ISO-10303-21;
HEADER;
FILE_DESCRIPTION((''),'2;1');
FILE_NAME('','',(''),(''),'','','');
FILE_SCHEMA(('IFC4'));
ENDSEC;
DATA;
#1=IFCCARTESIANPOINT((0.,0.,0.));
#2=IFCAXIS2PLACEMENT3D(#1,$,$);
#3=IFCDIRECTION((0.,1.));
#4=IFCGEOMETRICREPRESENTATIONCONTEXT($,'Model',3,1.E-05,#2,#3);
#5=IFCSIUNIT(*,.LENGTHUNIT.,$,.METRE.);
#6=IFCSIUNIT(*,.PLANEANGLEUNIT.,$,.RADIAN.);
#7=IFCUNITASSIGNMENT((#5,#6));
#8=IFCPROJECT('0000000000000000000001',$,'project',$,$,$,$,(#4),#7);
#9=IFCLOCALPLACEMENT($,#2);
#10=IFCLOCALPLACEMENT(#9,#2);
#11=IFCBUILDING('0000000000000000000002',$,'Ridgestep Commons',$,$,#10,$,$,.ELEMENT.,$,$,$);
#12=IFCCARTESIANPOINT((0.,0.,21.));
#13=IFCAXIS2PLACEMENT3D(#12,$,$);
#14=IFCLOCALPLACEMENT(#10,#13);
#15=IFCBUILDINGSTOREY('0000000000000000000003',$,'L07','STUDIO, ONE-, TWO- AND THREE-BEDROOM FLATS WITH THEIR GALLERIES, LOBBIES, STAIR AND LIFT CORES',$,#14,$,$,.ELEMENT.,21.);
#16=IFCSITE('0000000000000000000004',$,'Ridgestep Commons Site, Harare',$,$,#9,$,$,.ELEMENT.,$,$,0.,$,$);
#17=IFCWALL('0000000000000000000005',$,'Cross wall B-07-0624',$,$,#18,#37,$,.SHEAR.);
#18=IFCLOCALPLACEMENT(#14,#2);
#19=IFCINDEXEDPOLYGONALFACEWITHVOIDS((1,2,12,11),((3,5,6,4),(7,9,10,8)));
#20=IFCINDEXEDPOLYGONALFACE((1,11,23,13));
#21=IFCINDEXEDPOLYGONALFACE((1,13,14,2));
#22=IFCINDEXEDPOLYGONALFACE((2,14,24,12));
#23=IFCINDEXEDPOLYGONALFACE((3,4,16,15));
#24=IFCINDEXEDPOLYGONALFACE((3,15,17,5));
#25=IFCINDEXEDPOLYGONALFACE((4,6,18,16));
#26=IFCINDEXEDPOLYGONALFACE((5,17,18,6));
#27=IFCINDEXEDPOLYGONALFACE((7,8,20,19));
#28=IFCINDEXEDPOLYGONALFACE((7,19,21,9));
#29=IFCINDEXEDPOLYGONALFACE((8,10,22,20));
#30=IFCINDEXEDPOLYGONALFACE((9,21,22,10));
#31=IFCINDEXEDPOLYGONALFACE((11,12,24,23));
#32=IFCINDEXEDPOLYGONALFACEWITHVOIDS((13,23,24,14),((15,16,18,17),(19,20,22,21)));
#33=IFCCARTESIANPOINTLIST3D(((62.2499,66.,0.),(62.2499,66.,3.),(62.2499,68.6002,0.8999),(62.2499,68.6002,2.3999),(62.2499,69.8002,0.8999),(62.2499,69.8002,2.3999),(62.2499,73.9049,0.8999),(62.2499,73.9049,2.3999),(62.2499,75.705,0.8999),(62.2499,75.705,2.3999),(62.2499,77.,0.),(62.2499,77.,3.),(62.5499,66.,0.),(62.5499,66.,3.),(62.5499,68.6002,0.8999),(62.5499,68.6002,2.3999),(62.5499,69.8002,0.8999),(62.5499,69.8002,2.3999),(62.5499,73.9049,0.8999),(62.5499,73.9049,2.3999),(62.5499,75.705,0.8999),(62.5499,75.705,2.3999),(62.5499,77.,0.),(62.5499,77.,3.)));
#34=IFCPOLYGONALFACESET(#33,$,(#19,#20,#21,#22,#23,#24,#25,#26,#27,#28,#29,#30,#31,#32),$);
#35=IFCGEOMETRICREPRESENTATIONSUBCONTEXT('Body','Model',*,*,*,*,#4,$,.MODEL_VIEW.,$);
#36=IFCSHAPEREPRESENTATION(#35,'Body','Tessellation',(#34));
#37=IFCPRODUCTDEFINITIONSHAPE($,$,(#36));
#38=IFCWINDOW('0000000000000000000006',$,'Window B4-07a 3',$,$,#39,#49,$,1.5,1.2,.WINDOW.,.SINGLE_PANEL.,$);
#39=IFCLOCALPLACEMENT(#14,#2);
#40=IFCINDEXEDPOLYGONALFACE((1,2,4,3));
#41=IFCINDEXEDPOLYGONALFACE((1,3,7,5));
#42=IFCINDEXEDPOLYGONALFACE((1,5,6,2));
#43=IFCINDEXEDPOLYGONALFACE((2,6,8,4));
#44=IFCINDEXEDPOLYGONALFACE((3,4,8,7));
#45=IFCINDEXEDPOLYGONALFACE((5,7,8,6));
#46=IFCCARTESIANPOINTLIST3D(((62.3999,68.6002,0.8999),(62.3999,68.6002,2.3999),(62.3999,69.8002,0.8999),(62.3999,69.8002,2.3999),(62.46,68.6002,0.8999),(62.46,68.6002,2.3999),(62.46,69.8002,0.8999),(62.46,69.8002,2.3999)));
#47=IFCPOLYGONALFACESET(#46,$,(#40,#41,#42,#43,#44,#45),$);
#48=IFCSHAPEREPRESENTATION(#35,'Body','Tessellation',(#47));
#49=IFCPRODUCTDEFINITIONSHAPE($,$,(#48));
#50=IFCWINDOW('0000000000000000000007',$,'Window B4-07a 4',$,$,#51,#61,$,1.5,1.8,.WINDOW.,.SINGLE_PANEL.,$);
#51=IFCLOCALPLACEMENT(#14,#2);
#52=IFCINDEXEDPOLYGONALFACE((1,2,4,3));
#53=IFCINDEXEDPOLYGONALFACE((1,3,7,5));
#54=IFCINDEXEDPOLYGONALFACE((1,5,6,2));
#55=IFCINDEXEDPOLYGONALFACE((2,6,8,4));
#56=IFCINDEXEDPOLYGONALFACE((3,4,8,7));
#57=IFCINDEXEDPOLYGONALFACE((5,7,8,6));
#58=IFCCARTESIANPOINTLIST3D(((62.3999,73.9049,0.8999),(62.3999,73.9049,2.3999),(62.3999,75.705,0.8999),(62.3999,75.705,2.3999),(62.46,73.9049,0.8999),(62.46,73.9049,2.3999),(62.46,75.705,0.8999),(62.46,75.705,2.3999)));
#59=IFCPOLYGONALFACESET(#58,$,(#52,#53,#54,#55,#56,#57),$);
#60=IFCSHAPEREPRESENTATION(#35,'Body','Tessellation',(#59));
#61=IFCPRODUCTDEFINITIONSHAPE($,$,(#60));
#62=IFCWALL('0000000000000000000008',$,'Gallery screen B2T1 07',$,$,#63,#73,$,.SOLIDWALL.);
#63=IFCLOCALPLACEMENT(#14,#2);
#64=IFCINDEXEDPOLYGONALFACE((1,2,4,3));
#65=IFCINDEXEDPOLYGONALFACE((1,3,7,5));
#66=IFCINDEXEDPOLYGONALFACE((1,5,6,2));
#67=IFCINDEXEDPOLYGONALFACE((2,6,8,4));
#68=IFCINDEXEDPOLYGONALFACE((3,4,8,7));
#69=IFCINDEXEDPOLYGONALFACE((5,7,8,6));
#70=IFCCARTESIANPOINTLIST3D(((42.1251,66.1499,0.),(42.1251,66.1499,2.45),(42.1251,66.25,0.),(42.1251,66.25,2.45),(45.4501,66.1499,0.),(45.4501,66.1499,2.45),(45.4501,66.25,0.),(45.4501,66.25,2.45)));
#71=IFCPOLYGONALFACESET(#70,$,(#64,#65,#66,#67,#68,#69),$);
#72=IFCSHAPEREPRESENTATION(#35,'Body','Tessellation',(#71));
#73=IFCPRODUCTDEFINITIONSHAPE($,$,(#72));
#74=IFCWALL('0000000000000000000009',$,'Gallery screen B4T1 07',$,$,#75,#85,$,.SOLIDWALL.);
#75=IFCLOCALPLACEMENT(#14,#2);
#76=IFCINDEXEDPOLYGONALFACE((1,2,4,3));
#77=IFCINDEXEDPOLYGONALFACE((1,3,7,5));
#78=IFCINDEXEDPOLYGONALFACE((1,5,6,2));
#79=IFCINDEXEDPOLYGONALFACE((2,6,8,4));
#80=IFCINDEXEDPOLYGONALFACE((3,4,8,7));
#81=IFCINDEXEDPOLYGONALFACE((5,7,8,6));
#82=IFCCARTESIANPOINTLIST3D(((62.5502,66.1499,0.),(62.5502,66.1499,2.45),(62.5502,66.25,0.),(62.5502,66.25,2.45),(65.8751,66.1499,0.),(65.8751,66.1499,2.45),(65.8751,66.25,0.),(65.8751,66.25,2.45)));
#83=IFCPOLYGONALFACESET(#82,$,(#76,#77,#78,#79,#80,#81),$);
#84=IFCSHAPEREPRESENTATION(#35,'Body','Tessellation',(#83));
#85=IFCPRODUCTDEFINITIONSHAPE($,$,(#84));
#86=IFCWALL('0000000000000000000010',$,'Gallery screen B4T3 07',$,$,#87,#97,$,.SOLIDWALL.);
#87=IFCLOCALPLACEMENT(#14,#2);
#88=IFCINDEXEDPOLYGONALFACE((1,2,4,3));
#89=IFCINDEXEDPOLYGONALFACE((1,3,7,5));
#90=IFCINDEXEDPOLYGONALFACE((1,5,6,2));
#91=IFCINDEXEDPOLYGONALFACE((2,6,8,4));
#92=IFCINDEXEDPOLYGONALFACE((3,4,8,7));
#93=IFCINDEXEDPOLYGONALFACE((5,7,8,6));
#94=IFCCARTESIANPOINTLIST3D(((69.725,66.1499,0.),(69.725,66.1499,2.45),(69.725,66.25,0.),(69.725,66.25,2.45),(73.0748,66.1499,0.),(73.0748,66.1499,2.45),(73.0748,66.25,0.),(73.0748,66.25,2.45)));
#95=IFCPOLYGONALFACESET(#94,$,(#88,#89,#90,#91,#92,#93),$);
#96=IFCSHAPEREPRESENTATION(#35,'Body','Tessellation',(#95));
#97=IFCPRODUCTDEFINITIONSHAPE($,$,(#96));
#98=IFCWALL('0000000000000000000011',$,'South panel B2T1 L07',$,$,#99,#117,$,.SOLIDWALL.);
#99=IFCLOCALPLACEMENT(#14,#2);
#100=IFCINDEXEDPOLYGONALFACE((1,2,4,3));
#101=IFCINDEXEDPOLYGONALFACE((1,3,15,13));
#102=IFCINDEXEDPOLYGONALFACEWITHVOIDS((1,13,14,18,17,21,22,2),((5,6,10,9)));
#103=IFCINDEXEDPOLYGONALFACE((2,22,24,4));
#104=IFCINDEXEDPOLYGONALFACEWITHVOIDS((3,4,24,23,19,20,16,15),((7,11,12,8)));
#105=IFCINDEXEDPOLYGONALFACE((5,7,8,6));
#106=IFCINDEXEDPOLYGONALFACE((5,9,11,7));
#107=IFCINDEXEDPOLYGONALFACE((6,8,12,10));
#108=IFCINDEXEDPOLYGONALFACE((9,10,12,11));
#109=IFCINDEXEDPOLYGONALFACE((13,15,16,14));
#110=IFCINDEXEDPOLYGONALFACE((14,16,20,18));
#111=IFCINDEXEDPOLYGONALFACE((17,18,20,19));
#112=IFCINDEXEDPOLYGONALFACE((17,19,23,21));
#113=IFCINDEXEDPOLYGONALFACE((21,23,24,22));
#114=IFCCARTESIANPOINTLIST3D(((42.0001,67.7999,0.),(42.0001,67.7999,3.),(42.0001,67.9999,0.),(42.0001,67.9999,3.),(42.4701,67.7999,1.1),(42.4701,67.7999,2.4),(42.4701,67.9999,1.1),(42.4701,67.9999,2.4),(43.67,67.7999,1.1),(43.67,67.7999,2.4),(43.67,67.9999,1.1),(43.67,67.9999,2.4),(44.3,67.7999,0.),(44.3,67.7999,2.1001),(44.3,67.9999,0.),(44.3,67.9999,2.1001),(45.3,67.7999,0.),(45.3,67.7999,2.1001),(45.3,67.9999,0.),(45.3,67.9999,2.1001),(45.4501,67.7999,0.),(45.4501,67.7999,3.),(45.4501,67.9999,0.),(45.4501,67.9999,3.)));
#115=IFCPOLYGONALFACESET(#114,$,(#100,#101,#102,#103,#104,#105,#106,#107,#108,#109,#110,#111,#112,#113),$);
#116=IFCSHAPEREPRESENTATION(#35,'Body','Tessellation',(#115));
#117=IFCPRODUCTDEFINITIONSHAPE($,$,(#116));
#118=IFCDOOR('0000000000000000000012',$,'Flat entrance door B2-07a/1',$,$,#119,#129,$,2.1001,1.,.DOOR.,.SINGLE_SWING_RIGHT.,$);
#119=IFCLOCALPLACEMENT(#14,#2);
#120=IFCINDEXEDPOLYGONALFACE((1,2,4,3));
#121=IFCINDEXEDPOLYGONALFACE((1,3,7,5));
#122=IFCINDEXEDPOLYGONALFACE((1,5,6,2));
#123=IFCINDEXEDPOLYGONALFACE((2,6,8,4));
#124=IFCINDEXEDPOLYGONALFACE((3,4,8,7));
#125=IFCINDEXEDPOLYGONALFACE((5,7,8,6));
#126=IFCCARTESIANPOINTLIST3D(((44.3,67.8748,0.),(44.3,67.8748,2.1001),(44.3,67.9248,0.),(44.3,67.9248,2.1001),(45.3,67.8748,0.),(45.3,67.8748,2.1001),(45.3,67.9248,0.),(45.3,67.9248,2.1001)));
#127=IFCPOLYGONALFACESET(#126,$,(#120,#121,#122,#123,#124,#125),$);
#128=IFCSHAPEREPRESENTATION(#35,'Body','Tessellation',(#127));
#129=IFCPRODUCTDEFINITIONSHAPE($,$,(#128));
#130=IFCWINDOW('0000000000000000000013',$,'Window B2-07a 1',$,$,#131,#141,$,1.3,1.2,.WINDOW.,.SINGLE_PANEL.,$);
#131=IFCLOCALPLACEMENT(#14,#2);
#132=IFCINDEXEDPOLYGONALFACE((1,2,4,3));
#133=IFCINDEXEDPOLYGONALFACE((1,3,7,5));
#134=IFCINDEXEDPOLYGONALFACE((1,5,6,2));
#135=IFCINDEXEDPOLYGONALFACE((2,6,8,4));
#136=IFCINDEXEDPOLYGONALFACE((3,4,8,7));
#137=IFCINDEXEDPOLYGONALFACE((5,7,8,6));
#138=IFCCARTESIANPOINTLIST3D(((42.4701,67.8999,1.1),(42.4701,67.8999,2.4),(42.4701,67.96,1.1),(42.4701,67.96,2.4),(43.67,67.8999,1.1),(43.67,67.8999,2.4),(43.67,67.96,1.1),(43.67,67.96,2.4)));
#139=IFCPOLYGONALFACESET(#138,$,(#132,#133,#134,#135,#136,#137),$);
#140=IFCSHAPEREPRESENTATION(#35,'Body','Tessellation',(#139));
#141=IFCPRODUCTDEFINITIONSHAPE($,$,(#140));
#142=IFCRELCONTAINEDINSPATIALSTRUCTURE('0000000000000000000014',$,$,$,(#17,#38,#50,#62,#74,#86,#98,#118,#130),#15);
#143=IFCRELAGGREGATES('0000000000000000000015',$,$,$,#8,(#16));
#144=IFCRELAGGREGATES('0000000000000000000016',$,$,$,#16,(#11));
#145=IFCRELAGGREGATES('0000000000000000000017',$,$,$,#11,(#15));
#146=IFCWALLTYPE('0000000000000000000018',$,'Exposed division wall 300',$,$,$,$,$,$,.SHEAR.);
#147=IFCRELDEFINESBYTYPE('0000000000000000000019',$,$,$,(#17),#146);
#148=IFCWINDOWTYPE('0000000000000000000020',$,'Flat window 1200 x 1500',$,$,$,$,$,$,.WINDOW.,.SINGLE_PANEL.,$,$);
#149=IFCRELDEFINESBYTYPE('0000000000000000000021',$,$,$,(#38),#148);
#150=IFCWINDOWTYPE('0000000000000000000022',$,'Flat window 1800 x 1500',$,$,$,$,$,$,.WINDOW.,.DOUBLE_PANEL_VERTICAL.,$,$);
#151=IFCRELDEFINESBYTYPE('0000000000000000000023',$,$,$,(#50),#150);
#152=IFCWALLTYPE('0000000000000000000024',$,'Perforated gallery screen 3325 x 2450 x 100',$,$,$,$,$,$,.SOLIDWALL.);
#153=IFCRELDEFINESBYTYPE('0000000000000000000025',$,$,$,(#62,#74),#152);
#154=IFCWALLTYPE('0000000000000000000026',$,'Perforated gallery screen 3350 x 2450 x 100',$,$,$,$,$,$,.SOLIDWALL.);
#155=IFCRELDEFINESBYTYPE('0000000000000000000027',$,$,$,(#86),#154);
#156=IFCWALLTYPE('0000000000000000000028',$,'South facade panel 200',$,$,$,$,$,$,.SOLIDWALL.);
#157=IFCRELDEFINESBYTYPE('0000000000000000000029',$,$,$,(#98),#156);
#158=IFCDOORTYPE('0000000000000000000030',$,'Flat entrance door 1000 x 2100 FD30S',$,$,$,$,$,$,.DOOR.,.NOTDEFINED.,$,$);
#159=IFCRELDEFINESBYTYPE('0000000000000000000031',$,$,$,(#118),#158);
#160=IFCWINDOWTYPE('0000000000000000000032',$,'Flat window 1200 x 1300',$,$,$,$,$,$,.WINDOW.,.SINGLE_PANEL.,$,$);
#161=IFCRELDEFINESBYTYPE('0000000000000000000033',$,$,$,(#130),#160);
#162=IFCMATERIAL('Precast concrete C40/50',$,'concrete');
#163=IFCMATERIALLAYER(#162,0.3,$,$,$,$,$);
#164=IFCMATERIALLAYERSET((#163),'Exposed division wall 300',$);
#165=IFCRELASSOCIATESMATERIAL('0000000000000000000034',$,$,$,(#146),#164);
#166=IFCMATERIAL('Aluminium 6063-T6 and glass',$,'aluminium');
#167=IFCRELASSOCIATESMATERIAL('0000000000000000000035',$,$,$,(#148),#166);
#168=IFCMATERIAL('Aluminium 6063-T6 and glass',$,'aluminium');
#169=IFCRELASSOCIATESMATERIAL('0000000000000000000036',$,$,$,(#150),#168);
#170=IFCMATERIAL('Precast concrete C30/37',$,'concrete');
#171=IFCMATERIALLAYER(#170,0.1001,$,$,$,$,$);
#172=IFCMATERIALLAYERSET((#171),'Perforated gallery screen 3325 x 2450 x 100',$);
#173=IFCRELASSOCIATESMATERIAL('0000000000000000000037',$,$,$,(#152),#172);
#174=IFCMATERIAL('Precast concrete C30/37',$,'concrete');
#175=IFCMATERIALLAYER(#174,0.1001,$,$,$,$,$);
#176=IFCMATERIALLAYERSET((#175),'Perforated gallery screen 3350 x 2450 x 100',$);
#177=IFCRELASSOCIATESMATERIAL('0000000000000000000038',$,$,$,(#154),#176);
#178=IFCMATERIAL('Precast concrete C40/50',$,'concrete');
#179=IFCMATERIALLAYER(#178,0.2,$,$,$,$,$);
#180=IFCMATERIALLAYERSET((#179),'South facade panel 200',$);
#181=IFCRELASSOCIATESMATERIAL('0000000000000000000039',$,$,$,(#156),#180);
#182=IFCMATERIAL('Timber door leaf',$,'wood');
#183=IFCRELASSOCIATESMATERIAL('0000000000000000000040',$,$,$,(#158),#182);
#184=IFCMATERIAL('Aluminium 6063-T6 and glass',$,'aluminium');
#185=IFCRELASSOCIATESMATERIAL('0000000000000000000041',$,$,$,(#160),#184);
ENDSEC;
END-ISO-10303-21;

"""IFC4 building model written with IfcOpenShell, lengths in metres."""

from ifc_helpers import new_model, si_unit, direction, frame, frame_2d, origin, place, context, subcontext, project, spatial, rectangle, extrude, material, layer, layer_set, type_object, element, fill, save


model = new_model("IFC4")

# Units and contexts
model_context = context("Model", 3, precision=1e-05, world=origin(), true_north=direction((0.0, 1.0)))
body_context = subcontext(model_context, "Body", "Model", "MODEL_VIEW")
ifc_project = project(units=[si_unit("LENGTHUNIT", "METRE"), si_unit("PLANEANGLEUNIT", "RADIAN")], contexts=[model_context])

# Site, building, storey
site_placement = place(None, origin())
site = spatial("IfcSite", under=ifc_project, at=site_placement, Name="Ridgestep Commons Site, Harare", CompositionType="ELEMENT", RefElevation=0.0)
building_placement = place(site_placement, origin())
building = spatial("IfcBuilding", under=site, at=building_placement, Name="Ridgestep Commons", CompositionType="ELEMENT")
storey_placement = place(building_placement, frame((0.0, 0.0, 21.0)))
storey = spatial("IfcBuildingStorey", under=building, at=storey_placement, Name="L07", Description="STUDIO, ONE-, TWO- AND THREE-BEDROOM FLATS WITH THEIR GALLERIES, LOBBIES, STAIR AND LIFT CORES", CompositionType="ELEMENT", Elevation=21.0)

# Wall, openings, windows
ifc_material_1 = material(Name="Precast concrete C40/50", Category="concrete")
ifc_layer_1 = layer(ifc_material_1, 0.3)
ifc_layer_set_1 = layer_set([ifc_layer_1], Name="Exposed division wall 300")
wall_type_1 = type_object("IfcWallType", Name="Exposed division wall 300", PredefinedType="SHEAR", material=ifc_layer_set_1)
wall_1_placement = place(storey_placement, frame((62.3999, 66.0, 0.0), z_axis=(0.0, 0.0, 1.0), x_axis=(0.0, 1.0, 0.0)))
wall_1 = element("IfcWall", 1, at=wall_1_placement, inside=storey, type_object=wall_type_1, Name="Cross wall B-07-0624", PredefinedType="SHEAR", context=body_context, shape_type="SweptSolid", body=[
    extrude(rectangle(XDim=11.0, YDim=0.3, at=frame_2d((5.5, 0.0))), origin(), (0.0, 0.0, 1.0), 3.0),
])
opening_1_placement = place(wall_1_placement, frame((2.6001, 0.0, 0.8999)))
opening_1 = element("IfcOpeningElement", 2, at=opening_1_placement, cuts=wall_1, PredefinedType="OPENING", context=body_context, shape_type="SweptSolid", body=[
    extrude(rectangle(XDim=1.2, YDim=1.5, at=frame_2d((0.6001, 0.75))), frame((0.0, 0.1599, 0.0), z_axis=(0.0, -1.0, 0.0), x_axis=(1.0, 0.0, 0.0)), (0.0, 0.0, 1.0), 0.3201),
])
opening_2_placement = place(wall_1_placement, frame((7.905, 0.0, 0.8999)))
opening_2 = element("IfcOpeningElement", 3, at=opening_2_placement, cuts=wall_1, PredefinedType="OPENING", context=body_context, shape_type="SweptSolid", body=[
    extrude(rectangle(XDim=1.8, YDim=1.5, at=frame_2d((0.8999, 0.75))), frame((0.0, 0.1599, 0.0), z_axis=(0.0, -1.0, 0.0), x_axis=(1.0, 0.0, 0.0)), (0.0, 0.0, 1.0), 0.3201),
])
ifc_material_2 = material(Name="Aluminium 6063-T6 and glass", Category="aluminium")
window_type_1 = type_object("IfcWindowType", Name="Flat window 1200 x 1500", PartitioningType="SINGLE_PANEL", PredefinedType="WINDOW", material=ifc_material_2)
window_1_placement = place(opening_1_placement, origin())
window_1 = element("IfcWindow", 4, at=window_1_placement, inside=storey, type_object=window_type_1, Name="Window B4-07a 3", OverallHeight=1.5, OverallWidth=1.2, PartitioningType="SINGLE_PANEL", PredefinedType="WINDOW", context=body_context, shape_type="SweptSolid", body=[
    extrude(rectangle(XDim=1.2, YDim=1.5, at=frame_2d((0.6001, 0.75))), frame((0.0, 0.0, 0.0), z_axis=(0.0, -1.0, 0.0), x_axis=(1.0, 0.0, 0.0)), (0.0, 0.0, 1.0), 0.0601),
])
fill(opening_1, window_1)
ifc_material_3 = material(Name="Aluminium 6063-T6 and glass", Category="aluminium")
window_type_2 = type_object("IfcWindowType", Name="Flat window 1800 x 1500", PartitioningType="DOUBLE_PANEL_VERTICAL", PredefinedType="WINDOW", material=ifc_material_3)
window_2_placement = place(opening_2_placement, origin())
window_2 = element("IfcWindow", 5, at=window_2_placement, inside=storey, type_object=window_type_2, Name="Window B4-07a 4", OverallHeight=1.5, OverallWidth=1.8, PartitioningType="SINGLE_PANEL", PredefinedType="WINDOW", context=body_context, shape_type="SweptSolid", body=[
    extrude(rectangle(XDim=1.8, YDim=1.5, at=frame_2d((0.8999, 0.75))), frame((0.0, 0.0, 0.0), z_axis=(0.0, -1.0, 0.0), x_axis=(1.0, 0.0, 0.0)), (0.0, 0.0, 1.0), 0.0601),
])
fill(opening_2, window_2)

# Walls
ifc_material_4 = material(Name="Precast concrete C30/37", Category="concrete")
ifc_layer_2 = layer(ifc_material_4, 0.1001)
ifc_layer_set_2 = layer_set([ifc_layer_2], Name="Perforated gallery screen 3325 x 2450 x 100")
wall_type_2 = type_object("IfcWallType", Name="Perforated gallery screen 3325 x 2450 x 100", PredefinedType="SOLIDWALL", material=ifc_layer_set_2)
for number, where, z_axis, x_axis, name in (
    (6, (42.125, 66.2, 0.0), (0.0, 0.0, 1.0), (1.0, 0.0, 0.0), "Gallery screen B2T1 07"),
    (7, (62.55, 66.2, 0.0), (0.0, 0.0, 1.0), (1.0, 0.0, 0.0), "Gallery screen B4T1 07"),
):
    element("IfcWall", number, at=place(storey_placement, frame(where, z_axis=z_axis, x_axis=x_axis)), inside=storey, type_object=wall_type_2, Name=name, PredefinedType="SOLIDWALL", context=body_context, shape_type="SweptSolid", body=[
        extrude(rectangle(XDim=3.325, YDim=0.1001, at=frame_2d((1.6626, 0.0))), origin(), (0.0, 0.0, 1.0), 2.45),
    ])
ifc_material_5 = material(Name="Precast concrete C30/37", Category="concrete")
ifc_layer_3 = layer(ifc_material_5, 0.1001)
ifc_layer_set_3 = layer_set([ifc_layer_3], Name="Perforated gallery screen 3350 x 2450 x 100")
wall_type_3 = type_object("IfcWallType", Name="Perforated gallery screen 3350 x 2450 x 100", PredefinedType="SOLIDWALL", material=ifc_layer_set_3)
wall_2_placement = place(storey_placement, frame((69.7251, 66.2, 0.0), z_axis=(0.0, 0.0, 1.0), x_axis=(1.0, 0.0, 0.0)))
element("IfcWall", 8, at=wall_2_placement, inside=storey, type_object=wall_type_3, Name="Gallery screen B4T3 07", PredefinedType="SOLIDWALL", context=body_context, shape_type="SweptSolid", body=[
    extrude(rectangle(XDim=3.3499, YDim=0.1001, at=frame_2d((1.6748, 0.0))), origin(), (0.0, 0.0, 1.0), 2.45),
])

# Wall, openings, door, window
ifc_material_6 = material(Name="Precast concrete C40/50", Category="concrete")
ifc_layer_4 = layer(ifc_material_6, 0.2)
ifc_layer_set_4 = layer_set([ifc_layer_4], Name="South facade panel 200")
wall_type_4 = type_object("IfcWallType", Name="South facade panel 200", PredefinedType="SOLIDWALL", material=ifc_layer_set_4)
wall_3_placement = place(storey_placement, frame((42.0, 67.8999, 0.0), z_axis=(0.0, 0.0, 1.0), x_axis=(1.0, 0.0, 0.0)))
wall_3 = element("IfcWall", 9, at=wall_3_placement, inside=storey, type_object=wall_type_4, Name="South panel B2T1 L07", PredefinedType="SOLIDWALL", context=body_context, shape_type="SweptSolid", body=[
    extrude(rectangle(XDim=3.45, YDim=0.2, at=frame_2d((1.7251, 0.0))), origin(), (0.0, 0.0, 1.0), 3.0),
])
opening_3_placement = place(wall_3_placement, frame((0.47, 0.0, 1.1001)))
opening_3 = element("IfcOpeningElement", 10, at=opening_3_placement, cuts=wall_3, PredefinedType="OPENING", context=body_context, shape_type="SweptSolid", body=[
    extrude(rectangle(XDim=1.2, YDim=1.3, at=frame_2d((0.6001, 0.6499))), frame((0.0, 0.1099, 0.0), z_axis=(0.0, -1.0, 0.0), x_axis=(1.0, 0.0, 0.0)), (0.0, 0.0, 1.0), 0.22),
])
opening_4_placement = place(wall_3_placement, frame((2.3, 0.0, 0.0)))
opening_4 = element("IfcOpeningElement", 11, at=opening_4_placement, cuts=wall_3, PredefinedType="OPENING", context=body_context, shape_type="SweptSolid", body=[
    extrude(rectangle(XDim=1.0, YDim=2.1001, at=frame_2d((0.5, 1.05))), frame((0.0, 0.1099, 0.0), z_axis=(0.0, -1.0, 0.0), x_axis=(1.0, 0.0, 0.0)), (0.0, 0.0, 1.0), 0.22),
])
ifc_material_7 = material(Name="Timber door leaf", Category="wood")
door_type_1 = type_object("IfcDoorType", Name="Flat entrance door 1000 x 2100 FD30S", OperationType="NOTDEFINED", PredefinedType="DOOR", material=ifc_material_7)
door_1_placement = place(opening_4_placement, origin())
door_1 = element("IfcDoor", 12, at=door_1_placement, inside=storey, type_object=door_type_1, Name="Flat entrance door B2-07a/1", OperationType="SINGLE_SWING_RIGHT", OverallHeight=2.1001, OverallWidth=1.0, PredefinedType="DOOR", context=body_context, shape_type="SweptSolid", body=[
    extrude(rectangle(XDim=1.0, YDim=2.1001, at=frame_2d((0.5, 1.05))), frame((0.0, 0.0249, 0.0), z_axis=(0.0, -1.0, 0.0), x_axis=(1.0, 0.0, 0.0)), (0.0, 0.0, 1.0), 0.05),
])
fill(opening_4, door_1)
ifc_material_8 = material(Name="Aluminium 6063-T6 and glass", Category="aluminium")
window_type_3 = type_object("IfcWindowType", Name="Flat window 1200 x 1300", PartitioningType="SINGLE_PANEL", PredefinedType="WINDOW", material=ifc_material_8)
window_3_placement = place(opening_3_placement, origin())
window_3 = element("IfcWindow", 13, at=window_3_placement, inside=storey, type_object=window_type_3, Name="Window B2-07a 1", OverallHeight=1.3, OverallWidth=1.2, PartitioningType="SINGLE_PANEL", PredefinedType="WINDOW", context=body_context, shape_type="SweptSolid", body=[
    extrude(rectangle(XDim=1.2, YDim=1.3, at=frame_2d((0.6001, 0.6499))), frame((0.0, 0.0601, 0.0), z_axis=(0.0, -1.0, 0.0), x_axis=(1.0, 0.0, 0.0)), (0.0, 0.0, 1.0), 0.0601),
])
fill(opening_3, window_3)

save(model, "model.ifc")
